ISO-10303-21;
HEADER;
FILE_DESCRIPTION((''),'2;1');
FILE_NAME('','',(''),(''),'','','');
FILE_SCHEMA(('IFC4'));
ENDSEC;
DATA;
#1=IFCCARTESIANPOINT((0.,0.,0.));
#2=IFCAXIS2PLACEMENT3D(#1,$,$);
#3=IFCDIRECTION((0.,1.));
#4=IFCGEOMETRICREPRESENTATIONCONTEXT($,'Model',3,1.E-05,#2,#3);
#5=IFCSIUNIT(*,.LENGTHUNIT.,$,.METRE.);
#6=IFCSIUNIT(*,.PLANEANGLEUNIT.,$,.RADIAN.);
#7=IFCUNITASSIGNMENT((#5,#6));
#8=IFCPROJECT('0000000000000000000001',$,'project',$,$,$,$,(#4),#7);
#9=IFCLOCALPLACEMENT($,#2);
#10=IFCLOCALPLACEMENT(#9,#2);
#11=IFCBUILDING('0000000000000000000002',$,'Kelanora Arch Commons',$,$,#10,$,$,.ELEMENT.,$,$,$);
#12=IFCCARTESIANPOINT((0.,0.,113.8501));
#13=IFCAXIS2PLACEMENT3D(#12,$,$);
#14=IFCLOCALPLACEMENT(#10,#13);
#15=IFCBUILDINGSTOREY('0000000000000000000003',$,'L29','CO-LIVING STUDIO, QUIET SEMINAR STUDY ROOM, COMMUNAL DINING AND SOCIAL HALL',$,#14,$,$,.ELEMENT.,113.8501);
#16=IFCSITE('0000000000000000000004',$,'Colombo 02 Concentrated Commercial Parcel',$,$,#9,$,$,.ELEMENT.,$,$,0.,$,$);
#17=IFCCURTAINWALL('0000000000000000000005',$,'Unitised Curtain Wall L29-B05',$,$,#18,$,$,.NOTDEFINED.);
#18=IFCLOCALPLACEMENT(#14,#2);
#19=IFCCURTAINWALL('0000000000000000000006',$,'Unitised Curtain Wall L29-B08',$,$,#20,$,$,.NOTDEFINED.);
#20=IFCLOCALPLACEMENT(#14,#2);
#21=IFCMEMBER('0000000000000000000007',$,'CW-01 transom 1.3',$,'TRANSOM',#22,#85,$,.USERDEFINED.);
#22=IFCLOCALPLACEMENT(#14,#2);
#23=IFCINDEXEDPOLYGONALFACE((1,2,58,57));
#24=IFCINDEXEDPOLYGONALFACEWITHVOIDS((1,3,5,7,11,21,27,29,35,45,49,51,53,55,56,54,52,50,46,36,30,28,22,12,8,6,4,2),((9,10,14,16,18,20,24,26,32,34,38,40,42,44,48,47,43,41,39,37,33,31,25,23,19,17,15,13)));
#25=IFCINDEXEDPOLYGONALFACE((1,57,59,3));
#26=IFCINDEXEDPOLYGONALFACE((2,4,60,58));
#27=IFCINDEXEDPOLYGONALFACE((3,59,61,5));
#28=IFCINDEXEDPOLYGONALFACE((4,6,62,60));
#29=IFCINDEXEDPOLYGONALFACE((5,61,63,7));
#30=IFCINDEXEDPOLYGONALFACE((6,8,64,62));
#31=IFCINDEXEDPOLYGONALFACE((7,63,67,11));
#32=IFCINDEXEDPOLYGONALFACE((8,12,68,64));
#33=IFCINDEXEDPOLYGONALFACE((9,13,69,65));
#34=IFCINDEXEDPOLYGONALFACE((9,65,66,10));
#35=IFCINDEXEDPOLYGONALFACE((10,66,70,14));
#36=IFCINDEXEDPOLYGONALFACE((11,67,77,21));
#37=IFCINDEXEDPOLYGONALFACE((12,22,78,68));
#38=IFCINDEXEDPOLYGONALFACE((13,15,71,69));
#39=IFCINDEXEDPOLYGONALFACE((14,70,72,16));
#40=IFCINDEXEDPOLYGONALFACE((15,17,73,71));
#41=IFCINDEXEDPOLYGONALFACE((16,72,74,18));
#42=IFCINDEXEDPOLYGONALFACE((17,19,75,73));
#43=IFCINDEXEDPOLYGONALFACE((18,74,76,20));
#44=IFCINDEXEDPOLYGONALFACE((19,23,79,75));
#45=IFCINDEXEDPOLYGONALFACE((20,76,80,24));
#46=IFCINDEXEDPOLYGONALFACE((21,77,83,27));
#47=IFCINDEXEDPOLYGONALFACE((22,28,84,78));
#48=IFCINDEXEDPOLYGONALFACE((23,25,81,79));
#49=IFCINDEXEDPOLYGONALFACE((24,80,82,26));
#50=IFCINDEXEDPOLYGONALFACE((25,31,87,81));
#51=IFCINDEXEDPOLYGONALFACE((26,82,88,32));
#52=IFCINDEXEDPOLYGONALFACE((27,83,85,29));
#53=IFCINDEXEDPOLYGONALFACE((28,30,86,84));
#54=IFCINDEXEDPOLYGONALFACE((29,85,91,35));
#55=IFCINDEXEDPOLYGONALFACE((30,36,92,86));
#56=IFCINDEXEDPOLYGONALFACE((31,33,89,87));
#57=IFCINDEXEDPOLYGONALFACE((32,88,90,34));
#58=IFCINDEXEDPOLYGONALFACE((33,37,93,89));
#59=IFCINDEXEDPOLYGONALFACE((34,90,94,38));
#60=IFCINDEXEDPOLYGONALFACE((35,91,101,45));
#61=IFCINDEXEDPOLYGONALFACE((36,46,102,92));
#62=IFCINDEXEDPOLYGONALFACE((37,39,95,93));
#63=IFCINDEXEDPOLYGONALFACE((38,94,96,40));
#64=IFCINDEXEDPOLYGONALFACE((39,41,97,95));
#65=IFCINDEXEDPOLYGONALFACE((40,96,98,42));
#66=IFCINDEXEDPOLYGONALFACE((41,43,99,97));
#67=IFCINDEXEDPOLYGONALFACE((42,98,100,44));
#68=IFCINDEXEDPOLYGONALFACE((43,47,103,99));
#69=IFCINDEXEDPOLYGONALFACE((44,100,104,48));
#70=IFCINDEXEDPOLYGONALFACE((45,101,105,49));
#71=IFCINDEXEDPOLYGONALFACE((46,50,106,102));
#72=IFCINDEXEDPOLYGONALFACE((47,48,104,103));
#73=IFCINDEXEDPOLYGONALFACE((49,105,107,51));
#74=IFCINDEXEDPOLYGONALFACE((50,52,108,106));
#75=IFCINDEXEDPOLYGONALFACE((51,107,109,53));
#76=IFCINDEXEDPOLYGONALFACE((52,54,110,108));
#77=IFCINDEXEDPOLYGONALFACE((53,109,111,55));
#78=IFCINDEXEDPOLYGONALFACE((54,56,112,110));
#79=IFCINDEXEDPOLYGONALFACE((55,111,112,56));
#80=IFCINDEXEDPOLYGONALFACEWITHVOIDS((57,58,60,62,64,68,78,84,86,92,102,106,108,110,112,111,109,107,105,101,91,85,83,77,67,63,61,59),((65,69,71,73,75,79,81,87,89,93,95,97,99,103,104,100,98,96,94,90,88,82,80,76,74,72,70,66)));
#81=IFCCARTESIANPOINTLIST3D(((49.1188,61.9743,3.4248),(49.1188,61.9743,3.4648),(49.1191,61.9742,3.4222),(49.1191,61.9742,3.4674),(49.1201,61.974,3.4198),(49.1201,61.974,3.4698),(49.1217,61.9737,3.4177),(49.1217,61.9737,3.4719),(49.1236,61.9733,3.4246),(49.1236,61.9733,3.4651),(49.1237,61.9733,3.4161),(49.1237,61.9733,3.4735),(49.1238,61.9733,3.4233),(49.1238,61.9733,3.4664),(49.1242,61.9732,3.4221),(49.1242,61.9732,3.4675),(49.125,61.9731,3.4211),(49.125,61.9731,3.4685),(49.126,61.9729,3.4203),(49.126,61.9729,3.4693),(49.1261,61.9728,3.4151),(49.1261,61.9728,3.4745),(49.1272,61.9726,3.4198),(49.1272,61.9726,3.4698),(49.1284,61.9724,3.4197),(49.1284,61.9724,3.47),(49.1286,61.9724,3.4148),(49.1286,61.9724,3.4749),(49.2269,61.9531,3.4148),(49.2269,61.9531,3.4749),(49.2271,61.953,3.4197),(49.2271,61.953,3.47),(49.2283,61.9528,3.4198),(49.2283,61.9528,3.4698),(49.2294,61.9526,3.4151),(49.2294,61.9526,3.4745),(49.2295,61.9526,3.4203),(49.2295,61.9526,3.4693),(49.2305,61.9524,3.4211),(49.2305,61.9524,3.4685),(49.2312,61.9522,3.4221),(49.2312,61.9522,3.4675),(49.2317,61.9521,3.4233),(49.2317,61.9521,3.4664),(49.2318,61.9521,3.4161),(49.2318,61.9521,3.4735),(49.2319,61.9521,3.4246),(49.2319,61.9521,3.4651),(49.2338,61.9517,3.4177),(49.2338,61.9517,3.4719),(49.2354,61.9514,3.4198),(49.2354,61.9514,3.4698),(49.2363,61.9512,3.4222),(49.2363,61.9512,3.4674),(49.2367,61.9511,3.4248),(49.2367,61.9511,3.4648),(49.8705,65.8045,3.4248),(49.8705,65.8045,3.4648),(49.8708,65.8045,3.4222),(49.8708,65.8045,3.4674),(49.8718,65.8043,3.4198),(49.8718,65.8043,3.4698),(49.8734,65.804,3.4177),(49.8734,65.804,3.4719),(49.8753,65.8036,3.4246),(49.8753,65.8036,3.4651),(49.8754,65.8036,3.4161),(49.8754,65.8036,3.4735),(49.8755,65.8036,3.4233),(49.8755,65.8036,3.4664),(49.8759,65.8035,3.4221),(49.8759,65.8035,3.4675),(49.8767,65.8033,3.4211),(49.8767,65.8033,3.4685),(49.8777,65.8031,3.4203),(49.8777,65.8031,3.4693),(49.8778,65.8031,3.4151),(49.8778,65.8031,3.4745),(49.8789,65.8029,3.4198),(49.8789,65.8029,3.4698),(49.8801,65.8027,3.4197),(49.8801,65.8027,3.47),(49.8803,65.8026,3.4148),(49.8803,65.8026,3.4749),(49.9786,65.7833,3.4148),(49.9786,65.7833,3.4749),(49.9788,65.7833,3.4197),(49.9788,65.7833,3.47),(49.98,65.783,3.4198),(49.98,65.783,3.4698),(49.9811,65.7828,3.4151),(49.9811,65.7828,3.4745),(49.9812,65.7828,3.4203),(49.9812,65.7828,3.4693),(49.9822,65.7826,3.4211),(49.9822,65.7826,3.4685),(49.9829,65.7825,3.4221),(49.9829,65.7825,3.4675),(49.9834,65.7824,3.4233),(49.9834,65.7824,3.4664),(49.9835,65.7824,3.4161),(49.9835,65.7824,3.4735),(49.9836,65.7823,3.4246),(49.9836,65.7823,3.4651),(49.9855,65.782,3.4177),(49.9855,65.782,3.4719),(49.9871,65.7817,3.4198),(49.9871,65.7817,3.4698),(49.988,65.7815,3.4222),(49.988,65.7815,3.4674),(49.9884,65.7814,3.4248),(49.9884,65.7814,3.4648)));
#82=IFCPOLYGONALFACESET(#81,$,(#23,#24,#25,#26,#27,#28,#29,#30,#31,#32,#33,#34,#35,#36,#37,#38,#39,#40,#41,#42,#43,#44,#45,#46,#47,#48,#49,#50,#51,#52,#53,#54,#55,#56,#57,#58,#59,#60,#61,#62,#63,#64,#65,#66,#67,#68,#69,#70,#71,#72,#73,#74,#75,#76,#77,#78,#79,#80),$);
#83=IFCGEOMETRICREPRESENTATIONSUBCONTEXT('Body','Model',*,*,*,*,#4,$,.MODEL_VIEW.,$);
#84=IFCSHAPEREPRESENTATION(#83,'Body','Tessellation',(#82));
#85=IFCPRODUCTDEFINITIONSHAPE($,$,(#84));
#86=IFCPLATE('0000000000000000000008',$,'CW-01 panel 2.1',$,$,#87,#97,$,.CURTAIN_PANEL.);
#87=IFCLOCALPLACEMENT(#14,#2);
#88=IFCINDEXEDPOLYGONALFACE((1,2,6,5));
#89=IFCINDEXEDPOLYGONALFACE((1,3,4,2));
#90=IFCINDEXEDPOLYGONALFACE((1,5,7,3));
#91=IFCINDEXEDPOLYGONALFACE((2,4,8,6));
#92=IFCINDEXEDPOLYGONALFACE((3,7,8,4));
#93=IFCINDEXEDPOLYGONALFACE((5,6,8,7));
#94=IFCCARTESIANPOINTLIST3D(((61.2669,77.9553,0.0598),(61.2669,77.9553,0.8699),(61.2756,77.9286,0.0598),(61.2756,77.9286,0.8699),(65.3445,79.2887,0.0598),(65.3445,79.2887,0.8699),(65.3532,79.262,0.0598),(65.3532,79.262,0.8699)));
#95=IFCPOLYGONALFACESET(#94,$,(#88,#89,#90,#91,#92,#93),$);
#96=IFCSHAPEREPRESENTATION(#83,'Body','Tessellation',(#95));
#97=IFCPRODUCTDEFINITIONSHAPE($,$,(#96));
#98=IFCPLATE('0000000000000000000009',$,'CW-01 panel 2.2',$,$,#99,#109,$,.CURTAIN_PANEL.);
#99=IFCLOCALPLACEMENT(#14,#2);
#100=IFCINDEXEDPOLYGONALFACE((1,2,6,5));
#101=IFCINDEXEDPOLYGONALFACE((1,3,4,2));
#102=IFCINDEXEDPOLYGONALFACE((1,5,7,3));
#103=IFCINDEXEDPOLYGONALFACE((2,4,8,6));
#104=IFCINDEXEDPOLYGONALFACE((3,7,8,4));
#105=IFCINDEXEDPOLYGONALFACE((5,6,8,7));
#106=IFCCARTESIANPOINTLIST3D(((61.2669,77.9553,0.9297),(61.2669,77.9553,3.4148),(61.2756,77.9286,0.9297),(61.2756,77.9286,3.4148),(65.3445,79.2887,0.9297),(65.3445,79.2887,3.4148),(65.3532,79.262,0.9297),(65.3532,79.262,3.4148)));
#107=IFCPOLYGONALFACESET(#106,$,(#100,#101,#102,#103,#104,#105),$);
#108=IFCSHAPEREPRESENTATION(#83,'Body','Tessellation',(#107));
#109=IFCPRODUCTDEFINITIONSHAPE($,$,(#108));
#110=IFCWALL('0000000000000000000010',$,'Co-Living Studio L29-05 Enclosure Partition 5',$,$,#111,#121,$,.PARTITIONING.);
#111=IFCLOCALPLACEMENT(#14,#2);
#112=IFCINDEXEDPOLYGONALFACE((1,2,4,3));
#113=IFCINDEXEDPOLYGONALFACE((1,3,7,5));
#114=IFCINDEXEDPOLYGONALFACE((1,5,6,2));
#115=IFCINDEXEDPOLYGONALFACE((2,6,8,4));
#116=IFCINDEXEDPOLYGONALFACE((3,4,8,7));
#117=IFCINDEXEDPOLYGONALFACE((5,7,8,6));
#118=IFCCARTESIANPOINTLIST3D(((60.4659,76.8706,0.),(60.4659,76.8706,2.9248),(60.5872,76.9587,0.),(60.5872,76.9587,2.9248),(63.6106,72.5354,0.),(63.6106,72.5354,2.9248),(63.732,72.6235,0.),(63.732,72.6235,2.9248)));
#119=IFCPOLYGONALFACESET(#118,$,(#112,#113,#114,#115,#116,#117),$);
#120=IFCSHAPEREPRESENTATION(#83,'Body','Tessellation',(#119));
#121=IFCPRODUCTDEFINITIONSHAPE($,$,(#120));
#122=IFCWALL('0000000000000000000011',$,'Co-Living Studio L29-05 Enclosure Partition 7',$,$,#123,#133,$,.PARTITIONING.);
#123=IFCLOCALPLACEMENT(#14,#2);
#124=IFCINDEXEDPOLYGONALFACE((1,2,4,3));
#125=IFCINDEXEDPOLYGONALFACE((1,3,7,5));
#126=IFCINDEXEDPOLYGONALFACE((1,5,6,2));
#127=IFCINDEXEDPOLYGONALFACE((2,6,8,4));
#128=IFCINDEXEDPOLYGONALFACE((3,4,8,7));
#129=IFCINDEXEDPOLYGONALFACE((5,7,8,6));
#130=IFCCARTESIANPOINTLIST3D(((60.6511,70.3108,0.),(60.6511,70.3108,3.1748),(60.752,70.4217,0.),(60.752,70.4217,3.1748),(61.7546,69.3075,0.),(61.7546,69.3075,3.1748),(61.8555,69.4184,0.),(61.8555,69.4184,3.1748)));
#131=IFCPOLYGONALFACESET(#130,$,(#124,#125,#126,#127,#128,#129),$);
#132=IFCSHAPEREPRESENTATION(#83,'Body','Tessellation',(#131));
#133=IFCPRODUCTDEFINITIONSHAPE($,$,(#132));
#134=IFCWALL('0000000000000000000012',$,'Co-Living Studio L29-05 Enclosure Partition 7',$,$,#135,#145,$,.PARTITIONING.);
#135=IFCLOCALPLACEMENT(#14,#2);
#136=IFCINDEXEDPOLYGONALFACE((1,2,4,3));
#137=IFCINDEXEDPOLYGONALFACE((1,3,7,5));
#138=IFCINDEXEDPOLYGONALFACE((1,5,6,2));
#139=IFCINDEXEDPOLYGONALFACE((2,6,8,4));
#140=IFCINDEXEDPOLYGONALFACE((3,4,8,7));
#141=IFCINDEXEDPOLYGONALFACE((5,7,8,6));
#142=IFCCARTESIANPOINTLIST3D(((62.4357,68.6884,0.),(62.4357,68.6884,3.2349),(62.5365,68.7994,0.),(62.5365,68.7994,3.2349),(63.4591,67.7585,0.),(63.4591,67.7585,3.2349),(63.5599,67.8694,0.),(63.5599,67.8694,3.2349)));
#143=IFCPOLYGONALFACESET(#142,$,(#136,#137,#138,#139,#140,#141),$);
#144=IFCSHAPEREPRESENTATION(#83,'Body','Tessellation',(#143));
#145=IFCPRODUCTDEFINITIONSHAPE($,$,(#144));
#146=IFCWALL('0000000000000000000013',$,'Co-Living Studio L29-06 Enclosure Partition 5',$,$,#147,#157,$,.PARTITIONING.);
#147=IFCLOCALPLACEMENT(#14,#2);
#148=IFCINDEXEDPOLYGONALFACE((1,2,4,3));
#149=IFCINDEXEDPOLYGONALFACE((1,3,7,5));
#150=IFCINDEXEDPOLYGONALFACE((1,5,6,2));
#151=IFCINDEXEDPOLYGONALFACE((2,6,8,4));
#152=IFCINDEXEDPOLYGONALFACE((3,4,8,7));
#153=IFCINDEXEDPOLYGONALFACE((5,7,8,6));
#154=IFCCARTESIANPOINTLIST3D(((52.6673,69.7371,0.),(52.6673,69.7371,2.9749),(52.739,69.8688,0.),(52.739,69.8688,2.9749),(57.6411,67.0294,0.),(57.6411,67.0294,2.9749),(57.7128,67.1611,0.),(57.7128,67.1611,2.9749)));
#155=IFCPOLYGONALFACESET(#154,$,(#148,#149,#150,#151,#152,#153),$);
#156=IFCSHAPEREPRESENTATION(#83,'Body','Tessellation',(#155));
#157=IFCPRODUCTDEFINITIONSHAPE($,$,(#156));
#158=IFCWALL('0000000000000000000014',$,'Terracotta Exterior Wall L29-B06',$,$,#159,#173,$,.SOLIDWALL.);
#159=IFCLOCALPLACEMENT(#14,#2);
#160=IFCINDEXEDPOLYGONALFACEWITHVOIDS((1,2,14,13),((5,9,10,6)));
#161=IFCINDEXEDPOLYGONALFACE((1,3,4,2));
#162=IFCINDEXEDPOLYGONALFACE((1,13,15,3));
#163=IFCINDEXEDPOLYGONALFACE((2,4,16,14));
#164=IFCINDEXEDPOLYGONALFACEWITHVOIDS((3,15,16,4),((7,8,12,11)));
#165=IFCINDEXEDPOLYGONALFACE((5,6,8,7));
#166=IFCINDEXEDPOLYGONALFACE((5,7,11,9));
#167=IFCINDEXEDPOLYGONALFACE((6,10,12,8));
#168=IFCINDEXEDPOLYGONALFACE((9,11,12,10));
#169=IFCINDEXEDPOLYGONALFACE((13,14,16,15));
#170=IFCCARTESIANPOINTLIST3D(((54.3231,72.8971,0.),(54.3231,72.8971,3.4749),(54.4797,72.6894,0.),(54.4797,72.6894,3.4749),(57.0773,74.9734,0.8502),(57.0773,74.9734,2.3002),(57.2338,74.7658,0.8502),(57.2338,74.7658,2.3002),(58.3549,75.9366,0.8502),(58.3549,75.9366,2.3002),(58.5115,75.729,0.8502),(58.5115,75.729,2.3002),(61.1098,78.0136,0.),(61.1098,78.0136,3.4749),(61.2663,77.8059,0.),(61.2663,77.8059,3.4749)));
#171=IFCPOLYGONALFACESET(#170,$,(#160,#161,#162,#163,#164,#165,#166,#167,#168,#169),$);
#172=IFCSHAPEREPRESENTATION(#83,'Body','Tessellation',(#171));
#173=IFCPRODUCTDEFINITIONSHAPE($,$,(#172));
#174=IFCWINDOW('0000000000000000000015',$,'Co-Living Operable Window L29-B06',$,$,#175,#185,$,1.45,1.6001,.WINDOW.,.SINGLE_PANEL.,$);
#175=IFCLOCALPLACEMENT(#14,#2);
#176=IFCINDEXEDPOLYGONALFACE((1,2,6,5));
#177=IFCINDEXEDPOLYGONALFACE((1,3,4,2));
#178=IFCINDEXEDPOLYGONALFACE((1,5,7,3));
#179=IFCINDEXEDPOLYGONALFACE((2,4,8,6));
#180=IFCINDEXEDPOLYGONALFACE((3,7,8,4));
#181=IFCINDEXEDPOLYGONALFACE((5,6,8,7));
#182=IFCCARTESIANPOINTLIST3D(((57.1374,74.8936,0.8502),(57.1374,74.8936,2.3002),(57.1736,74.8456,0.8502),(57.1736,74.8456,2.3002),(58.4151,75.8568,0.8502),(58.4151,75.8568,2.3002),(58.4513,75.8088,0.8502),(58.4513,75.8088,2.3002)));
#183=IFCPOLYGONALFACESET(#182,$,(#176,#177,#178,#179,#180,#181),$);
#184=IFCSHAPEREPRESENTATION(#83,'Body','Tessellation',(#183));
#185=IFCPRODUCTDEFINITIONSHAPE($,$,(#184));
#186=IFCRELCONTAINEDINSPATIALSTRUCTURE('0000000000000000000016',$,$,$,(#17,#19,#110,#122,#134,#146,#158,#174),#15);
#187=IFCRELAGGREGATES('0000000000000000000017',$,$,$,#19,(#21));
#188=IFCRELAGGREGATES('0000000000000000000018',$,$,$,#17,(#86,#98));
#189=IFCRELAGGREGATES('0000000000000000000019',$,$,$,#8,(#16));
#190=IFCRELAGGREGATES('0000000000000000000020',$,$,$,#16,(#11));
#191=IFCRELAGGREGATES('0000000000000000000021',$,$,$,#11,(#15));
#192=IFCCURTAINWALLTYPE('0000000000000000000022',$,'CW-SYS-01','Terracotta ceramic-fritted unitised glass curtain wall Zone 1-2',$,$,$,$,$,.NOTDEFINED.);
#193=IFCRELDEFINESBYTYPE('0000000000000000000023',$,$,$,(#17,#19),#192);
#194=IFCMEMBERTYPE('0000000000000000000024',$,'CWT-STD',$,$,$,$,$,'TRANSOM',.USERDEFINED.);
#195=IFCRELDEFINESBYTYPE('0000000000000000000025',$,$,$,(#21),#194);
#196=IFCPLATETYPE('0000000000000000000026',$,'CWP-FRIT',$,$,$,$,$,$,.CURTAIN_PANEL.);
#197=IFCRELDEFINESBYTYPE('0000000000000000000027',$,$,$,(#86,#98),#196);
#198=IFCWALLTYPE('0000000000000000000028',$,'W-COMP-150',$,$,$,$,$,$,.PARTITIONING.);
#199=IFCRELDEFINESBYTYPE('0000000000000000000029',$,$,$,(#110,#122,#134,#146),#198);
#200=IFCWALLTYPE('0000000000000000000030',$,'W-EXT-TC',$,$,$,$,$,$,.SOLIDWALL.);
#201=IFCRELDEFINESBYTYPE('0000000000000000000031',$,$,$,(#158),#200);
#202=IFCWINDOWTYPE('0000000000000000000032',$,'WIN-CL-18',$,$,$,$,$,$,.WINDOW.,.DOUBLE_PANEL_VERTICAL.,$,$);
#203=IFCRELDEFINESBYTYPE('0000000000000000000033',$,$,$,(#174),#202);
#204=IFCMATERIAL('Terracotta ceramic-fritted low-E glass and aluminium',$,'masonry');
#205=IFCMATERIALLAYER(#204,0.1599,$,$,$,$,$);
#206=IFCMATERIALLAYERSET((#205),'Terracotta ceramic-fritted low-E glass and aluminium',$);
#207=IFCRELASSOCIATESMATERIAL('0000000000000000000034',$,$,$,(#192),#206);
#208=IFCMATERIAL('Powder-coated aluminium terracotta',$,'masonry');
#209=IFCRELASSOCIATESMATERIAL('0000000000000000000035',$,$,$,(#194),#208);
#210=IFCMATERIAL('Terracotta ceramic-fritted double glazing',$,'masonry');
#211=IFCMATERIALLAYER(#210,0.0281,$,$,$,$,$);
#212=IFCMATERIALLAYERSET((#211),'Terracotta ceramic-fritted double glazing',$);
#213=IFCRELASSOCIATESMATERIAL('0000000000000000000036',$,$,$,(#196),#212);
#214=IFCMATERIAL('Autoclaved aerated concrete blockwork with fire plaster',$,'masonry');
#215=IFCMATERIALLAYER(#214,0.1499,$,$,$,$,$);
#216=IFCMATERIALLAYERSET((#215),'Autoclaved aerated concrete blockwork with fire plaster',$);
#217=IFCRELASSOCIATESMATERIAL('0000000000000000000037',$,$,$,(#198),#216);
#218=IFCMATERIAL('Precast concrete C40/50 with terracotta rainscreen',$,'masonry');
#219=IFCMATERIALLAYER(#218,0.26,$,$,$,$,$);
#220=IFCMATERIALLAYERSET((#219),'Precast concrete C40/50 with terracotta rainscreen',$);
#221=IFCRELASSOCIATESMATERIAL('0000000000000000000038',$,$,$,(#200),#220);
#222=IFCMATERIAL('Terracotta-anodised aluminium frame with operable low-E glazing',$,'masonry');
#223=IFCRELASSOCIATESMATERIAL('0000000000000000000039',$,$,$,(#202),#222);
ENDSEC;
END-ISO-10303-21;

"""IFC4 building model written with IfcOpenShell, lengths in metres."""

from ifc_helpers import new_model, si_unit, direction, frame, frame_2d, origin, origin_2d, place, context, subcontext, project, spatial, rectangle, hollow_rectangle, extrude, source, transform, mapped, material, layer, layer_set, material_profile, profile_set, type_object, element, fill, aggregate, save


model = new_model("IFC4")

# Units and contexts
model_context = context("Model", 3, precision=1e-05, world=origin(), true_north=direction((0.0, 1.0)))
body_context = subcontext(model_context, "Body", "Model", "MODEL_VIEW")
ifc_project = project(units=[si_unit("LENGTHUNIT", "METRE"), si_unit("PLANEANGLEUNIT", "RADIAN")], contexts=[model_context])

# Site, building, storey
site_placement = place(None, origin())
site = spatial("IfcSite", under=ifc_project, at=site_placement, Name="Colombo 02 Concentrated Commercial Parcel", CompositionType="ELEMENT", RefElevation=0.0)
building_placement = place(site_placement, origin())
building = spatial("IfcBuilding", under=site, at=building_placement, Name="Kelanora Arch Commons", CompositionType="ELEMENT")
storey_placement = place(building_placement, frame((0.0, 0.0, 113.8501)))
storey = spatial("IfcBuildingStorey", under=building, at=storey_placement, Name="L29", Description="CO-LIVING STUDIO, QUIET SEMINAR STUDY ROOM, COMMUNAL DINING AND SOCIAL HALL", CompositionType="ELEMENT", Elevation=113.8501)

# Curtain wall
ifc_material_1 = material(Name="Terracotta ceramic-fritted low-E glass and aluminium", Category="masonry")
ifc_layer_1 = layer(ifc_material_1, 0.1599)
ifc_layer_set_1 = layer_set([ifc_layer_1], Name="Terracotta ceramic-fritted low-E glass and aluminium")
curtain_wall_type = type_object("IfcCurtainWallType", Name="CW-SYS-01", Description="Terracotta ceramic-fritted unitised glass curtain wall Zone 1-2", PredefinedType="NOTDEFINED", material=ifc_layer_set_1)
curtain_wall_1_placement = place(storey_placement, origin())
curtain_wall_1 = element("IfcCurtainWall", 1, at=curtain_wall_1_placement, inside=storey, type_object=curtain_wall_type, Name="Unitised Curtain Wall L29-B05", PredefinedType="NOTDEFINED")
ifc_material_2 = material(Name="Powder-coated aluminium terracotta", Category="masonry")

# Curtain wall, member
curtain_wall_2_placement = place(storey_placement, origin())
curtain_wall_2 = element("IfcCurtainWall", 2, at=curtain_wall_2_placement, inside=storey, type_object=curtain_wall_type, Name="Unitised Curtain Wall L29-B08", PredefinedType="NOTDEFINED")
ifc_material_profile_1 = material_profile(ifc_material_2, hollow_rectangle(XDim=0.1201, YDim=0.0601, WallThickness=0.0049, InnerFilletRadius=0.0049, OuterFilletRadius=0.01, at=origin_2d()), Name="CWT120x60")
ifc_profile_set_1 = profile_set([ifc_material_profile_1], Name="Powder-coated aluminium terracotta")
member_type_1 = type_object("IfcMemberType", Name="CWT-STD", ElementType="TRANSOM", PredefinedType="USERDEFINED", material=ifc_profile_set_1)
member_1_placement = place(storey_placement, frame((49.9294, 65.793, 3.4448), z_axis=(-0.192579, -0.981282, 0.0), x_axis=(0.981282, -0.192579, 0.0)))
member_1 = element("IfcMember", 3, at=member_1_placement, type_object=member_type_1, Name="CW-01 transom 1.3", ObjectType="TRANSOM", PredefinedType="USERDEFINED", context=body_context, shape_type="SweptSolid", body=[
    extrude(hollow_rectangle(XDim=0.1201, YDim=0.0601, WallThickness=0.0049, InnerFilletRadius=0.0049, OuterFilletRadius=0.01, at=origin_2d()), origin(), (0.0, 0.0, 1.0), 3.9033),
])
aggregate(curtain_wall_2, [member_1])

# Plates
ifc_material_3 = material(Name="Terracotta ceramic-fritted double glazing", Category="masonry")
ifc_layer_2 = layer(ifc_material_3, 0.0281)
ifc_layer_set_2 = layer_set([ifc_layer_2], Name="Terracotta ceramic-fritted double glazing")
plate_type = type_object("IfcPlateType", Name="CWP-FRIT", PredefinedType="CURTAIN_PANEL", material=ifc_layer_set_2)
shared_shape_1 = source(origin(), body_context, "Body", "SweptSolid", [
    extrude(rectangle(XDim=4.29, YDim=0.0281, at=origin_2d()), origin(), (0.0, 0.0, 1.0), 0.8101),
])
plate_1_placement = place(storey_placement, frame((63.3101, 78.6086, 0.0598), z_axis=(0.0, 0.0, 1.0), x_axis=(-0.950474, -0.310805, 0.0)))
plate_1 = element("IfcPlate", 4, at=plate_1_placement, type_object=plate_type, Name="CW-01 panel 2.1", PredefinedType="CURTAIN_PANEL", context=body_context, shape_type="MappedRepresentation", body=[
    mapped(shared_shape_1, transform((0.0, 0.0, 0.0), scale=1.0)),
])
shared_shape_2 = source(origin(), body_context, "Body", "SweptSolid", [
    extrude(rectangle(XDim=4.29, YDim=0.0281, at=origin_2d()), origin(), (0.0, 0.0, 1.0), 2.4851),
])
plate_2_placement = place(storey_placement, frame((63.3101, 78.6086, 0.9297), z_axis=(0.0, 0.0, 1.0), x_axis=(-0.950474, -0.310805, 0.0)))
plate_2 = element("IfcPlate", 5, at=plate_2_placement, type_object=plate_type, Name="CW-01 panel 2.2", PredefinedType="CURTAIN_PANEL", context=body_context, shape_type="MappedRepresentation", body=[
    mapped(shared_shape_2, transform((0.0, 0.0, 0.0), scale=1.0)),
])
aggregate(curtain_wall_1, [plate_1, plate_2])

# Walls
ifc_material_4 = material(Name="Autoclaved aerated concrete blockwork with fire plaster", Category="masonry")
ifc_layer_3 = layer(ifc_material_4, 0.1499)
ifc_layer_set_3 = layer_set([ifc_layer_3], Name="Autoclaved aerated concrete blockwork with fire plaster")
wall_type_1 = type_object("IfcWallType", Name="W-COMP-150", PredefinedType="PARTITIONING", material=ifc_layer_set_3)
wall_1_placement = place(storey_placement, frame((60.5266, 76.9146, 0.0), z_axis=(0.0, 0.0, 1.0), x_axis=(0.587182, -0.809455, 0.0)))
element("IfcWall", 6, at=wall_1_placement, inside=storey, type_object=wall_type_1, Name="Co-Living Studio L29-05 Enclosure Partition 5", PredefinedType="PARTITIONING", context=body_context, shape_type="SweptSolid", body=[
    extrude(rectangle(XDim=5.3557, YDim=0.1499, at=frame_2d((2.6777, 0.0))), origin(), (0.0, 0.0, 1.0), 2.9248),
])
wall_2_placement = place(storey_placement, frame((60.7017, 70.3662, 0.0), z_axis=(0.0, 0.0, 1.0), x_axis=(0.739866, -0.672754, 0.0)))
element("IfcWall", 7, at=wall_2_placement, inside=storey, type_object=wall_type_1, Name="Co-Living Studio L29-05 Enclosure Partition 7", PredefinedType="PARTITIONING", context=body_context, shape_type="SweptSolid", body=[
    extrude(rectangle(XDim=1.4915, YDim=0.1499, at=frame_2d((0.7456, 0.0))), origin(), (0.0, 0.0, 1.0), 3.1748),
])
wall_3_placement = place(storey_placement, frame((62.4861, 68.7439, 0.0), z_axis=(0.0, 0.0, 1.0), x_axis=(0.740108, -0.672488, 0.0)))
element("IfcWall", 8, at=wall_3_placement, inside=storey, type_object=wall_type_1, Name="Co-Living Studio L29-05 Enclosure Partition 7", PredefinedType="PARTITIONING", context=body_context, shape_type="SweptSolid", body=[
    extrude(rectangle(XDim=1.3828, YDim=0.1499, at=frame_2d((0.6914, 0.0))), origin(), (0.0, 0.0, 1.0), 3.2349),
])
wall_4_placement = place(storey_placement, frame((52.7031, 69.803, 0.0), z_axis=(0.0, 0.0, 1.0), x_axis=(0.878286, -0.478136, 0.0)))
element("IfcWall", 9, at=wall_4_placement, inside=storey, type_object=wall_type_1, Name="Co-Living Studio L29-06 Enclosure Partition 5", PredefinedType="PARTITIONING", context=body_context, shape_type="SweptSolid", body=[
    extrude(rectangle(XDim=5.6631, YDim=0.1499, at=frame_2d((2.8315, 0.0))), origin(), (0.0, 0.0, 1.0), 2.9749),
])

# Wall, opening, window
ifc_material_5 = material(Name="Precast concrete C40/50 with terracotta rainscreen", Category="masonry")
ifc_layer_4 = layer(ifc_material_5, 0.26)
ifc_layer_set_4 = layer_set([ifc_layer_4], Name="Precast concrete C40/50 with terracotta rainscreen")
wall_type_2 = type_object("IfcWallType", Name="W-EXT-TC", PredefinedType="SOLIDWALL", material=ifc_layer_set_4)
wall_5_placement = place(storey_placement, frame((61.188, 77.9097, 0.0), z_axis=(0.0, 0.0, 1.0), x_axis=(-0.798502, -0.601993, 0.0)))
wall_5 = element("IfcWall", 10, at=wall_5_placement, inside=storey, type_object=wall_type_2, Name="Terracotta Exterior Wall L29-B06", PredefinedType="SOLIDWALL", context=body_context, shape_type="SweptSolid", body=[
    extrude(rectangle(XDim=8.4993, YDim=0.26, at=frame_2d((4.2495, 0.0))), origin(), (0.0, 0.0, 1.0), 3.4749),
])
opening_1_placement = place(wall_5_placement, frame((3.45, 0.0, 0.8501)))
opening_1 = element("IfcOpeningElement", 11, at=opening_1_placement, cuts=wall_5, PredefinedType="OPENING", context=body_context, shape_type="SweptSolid", body=[
    extrude(rectangle(XDim=1.6001, YDim=1.45, at=frame_2d((0.8, 0.7251))), frame((0.0, 0.1401, 0.0), z_axis=(0.0, -1.0, 0.0), x_axis=(1.0, 0.0, 0.0)), (0.0, 0.0, 1.0), 0.28),
])
ifc_material_6 = material(Name="Terracotta-anodised aluminium frame with operable low-E glazing", Category="masonry")
window_type_1 = type_object("IfcWindowType", Name="WIN-CL-18", PartitioningType="DOUBLE_PANEL_VERTICAL", PredefinedType="WINDOW", material=ifc_material_6)
window_1_placement = place(opening_1_placement, origin())
window_1 = element("IfcWindow", 12, at=window_1_placement, inside=storey, type_object=window_type_1, Name="Co-Living Operable Window L29-B06", OverallHeight=1.45, OverallWidth=1.6001, PartitioningType="SINGLE_PANEL", PredefinedType="WINDOW", context=body_context, shape_type="SweptSolid", body=[
    extrude(rectangle(XDim=1.6001, YDim=1.45, at=frame_2d((0.8, 0.7251))), frame((0.0, 0.03, 0.0), z_axis=(0.0, -1.0, 0.0), x_axis=(1.0, 0.0, 0.0)), (0.0, 0.0, 1.0), 0.0601),
])
fill(opening_1, window_1)

save(model, "model.ifc")
